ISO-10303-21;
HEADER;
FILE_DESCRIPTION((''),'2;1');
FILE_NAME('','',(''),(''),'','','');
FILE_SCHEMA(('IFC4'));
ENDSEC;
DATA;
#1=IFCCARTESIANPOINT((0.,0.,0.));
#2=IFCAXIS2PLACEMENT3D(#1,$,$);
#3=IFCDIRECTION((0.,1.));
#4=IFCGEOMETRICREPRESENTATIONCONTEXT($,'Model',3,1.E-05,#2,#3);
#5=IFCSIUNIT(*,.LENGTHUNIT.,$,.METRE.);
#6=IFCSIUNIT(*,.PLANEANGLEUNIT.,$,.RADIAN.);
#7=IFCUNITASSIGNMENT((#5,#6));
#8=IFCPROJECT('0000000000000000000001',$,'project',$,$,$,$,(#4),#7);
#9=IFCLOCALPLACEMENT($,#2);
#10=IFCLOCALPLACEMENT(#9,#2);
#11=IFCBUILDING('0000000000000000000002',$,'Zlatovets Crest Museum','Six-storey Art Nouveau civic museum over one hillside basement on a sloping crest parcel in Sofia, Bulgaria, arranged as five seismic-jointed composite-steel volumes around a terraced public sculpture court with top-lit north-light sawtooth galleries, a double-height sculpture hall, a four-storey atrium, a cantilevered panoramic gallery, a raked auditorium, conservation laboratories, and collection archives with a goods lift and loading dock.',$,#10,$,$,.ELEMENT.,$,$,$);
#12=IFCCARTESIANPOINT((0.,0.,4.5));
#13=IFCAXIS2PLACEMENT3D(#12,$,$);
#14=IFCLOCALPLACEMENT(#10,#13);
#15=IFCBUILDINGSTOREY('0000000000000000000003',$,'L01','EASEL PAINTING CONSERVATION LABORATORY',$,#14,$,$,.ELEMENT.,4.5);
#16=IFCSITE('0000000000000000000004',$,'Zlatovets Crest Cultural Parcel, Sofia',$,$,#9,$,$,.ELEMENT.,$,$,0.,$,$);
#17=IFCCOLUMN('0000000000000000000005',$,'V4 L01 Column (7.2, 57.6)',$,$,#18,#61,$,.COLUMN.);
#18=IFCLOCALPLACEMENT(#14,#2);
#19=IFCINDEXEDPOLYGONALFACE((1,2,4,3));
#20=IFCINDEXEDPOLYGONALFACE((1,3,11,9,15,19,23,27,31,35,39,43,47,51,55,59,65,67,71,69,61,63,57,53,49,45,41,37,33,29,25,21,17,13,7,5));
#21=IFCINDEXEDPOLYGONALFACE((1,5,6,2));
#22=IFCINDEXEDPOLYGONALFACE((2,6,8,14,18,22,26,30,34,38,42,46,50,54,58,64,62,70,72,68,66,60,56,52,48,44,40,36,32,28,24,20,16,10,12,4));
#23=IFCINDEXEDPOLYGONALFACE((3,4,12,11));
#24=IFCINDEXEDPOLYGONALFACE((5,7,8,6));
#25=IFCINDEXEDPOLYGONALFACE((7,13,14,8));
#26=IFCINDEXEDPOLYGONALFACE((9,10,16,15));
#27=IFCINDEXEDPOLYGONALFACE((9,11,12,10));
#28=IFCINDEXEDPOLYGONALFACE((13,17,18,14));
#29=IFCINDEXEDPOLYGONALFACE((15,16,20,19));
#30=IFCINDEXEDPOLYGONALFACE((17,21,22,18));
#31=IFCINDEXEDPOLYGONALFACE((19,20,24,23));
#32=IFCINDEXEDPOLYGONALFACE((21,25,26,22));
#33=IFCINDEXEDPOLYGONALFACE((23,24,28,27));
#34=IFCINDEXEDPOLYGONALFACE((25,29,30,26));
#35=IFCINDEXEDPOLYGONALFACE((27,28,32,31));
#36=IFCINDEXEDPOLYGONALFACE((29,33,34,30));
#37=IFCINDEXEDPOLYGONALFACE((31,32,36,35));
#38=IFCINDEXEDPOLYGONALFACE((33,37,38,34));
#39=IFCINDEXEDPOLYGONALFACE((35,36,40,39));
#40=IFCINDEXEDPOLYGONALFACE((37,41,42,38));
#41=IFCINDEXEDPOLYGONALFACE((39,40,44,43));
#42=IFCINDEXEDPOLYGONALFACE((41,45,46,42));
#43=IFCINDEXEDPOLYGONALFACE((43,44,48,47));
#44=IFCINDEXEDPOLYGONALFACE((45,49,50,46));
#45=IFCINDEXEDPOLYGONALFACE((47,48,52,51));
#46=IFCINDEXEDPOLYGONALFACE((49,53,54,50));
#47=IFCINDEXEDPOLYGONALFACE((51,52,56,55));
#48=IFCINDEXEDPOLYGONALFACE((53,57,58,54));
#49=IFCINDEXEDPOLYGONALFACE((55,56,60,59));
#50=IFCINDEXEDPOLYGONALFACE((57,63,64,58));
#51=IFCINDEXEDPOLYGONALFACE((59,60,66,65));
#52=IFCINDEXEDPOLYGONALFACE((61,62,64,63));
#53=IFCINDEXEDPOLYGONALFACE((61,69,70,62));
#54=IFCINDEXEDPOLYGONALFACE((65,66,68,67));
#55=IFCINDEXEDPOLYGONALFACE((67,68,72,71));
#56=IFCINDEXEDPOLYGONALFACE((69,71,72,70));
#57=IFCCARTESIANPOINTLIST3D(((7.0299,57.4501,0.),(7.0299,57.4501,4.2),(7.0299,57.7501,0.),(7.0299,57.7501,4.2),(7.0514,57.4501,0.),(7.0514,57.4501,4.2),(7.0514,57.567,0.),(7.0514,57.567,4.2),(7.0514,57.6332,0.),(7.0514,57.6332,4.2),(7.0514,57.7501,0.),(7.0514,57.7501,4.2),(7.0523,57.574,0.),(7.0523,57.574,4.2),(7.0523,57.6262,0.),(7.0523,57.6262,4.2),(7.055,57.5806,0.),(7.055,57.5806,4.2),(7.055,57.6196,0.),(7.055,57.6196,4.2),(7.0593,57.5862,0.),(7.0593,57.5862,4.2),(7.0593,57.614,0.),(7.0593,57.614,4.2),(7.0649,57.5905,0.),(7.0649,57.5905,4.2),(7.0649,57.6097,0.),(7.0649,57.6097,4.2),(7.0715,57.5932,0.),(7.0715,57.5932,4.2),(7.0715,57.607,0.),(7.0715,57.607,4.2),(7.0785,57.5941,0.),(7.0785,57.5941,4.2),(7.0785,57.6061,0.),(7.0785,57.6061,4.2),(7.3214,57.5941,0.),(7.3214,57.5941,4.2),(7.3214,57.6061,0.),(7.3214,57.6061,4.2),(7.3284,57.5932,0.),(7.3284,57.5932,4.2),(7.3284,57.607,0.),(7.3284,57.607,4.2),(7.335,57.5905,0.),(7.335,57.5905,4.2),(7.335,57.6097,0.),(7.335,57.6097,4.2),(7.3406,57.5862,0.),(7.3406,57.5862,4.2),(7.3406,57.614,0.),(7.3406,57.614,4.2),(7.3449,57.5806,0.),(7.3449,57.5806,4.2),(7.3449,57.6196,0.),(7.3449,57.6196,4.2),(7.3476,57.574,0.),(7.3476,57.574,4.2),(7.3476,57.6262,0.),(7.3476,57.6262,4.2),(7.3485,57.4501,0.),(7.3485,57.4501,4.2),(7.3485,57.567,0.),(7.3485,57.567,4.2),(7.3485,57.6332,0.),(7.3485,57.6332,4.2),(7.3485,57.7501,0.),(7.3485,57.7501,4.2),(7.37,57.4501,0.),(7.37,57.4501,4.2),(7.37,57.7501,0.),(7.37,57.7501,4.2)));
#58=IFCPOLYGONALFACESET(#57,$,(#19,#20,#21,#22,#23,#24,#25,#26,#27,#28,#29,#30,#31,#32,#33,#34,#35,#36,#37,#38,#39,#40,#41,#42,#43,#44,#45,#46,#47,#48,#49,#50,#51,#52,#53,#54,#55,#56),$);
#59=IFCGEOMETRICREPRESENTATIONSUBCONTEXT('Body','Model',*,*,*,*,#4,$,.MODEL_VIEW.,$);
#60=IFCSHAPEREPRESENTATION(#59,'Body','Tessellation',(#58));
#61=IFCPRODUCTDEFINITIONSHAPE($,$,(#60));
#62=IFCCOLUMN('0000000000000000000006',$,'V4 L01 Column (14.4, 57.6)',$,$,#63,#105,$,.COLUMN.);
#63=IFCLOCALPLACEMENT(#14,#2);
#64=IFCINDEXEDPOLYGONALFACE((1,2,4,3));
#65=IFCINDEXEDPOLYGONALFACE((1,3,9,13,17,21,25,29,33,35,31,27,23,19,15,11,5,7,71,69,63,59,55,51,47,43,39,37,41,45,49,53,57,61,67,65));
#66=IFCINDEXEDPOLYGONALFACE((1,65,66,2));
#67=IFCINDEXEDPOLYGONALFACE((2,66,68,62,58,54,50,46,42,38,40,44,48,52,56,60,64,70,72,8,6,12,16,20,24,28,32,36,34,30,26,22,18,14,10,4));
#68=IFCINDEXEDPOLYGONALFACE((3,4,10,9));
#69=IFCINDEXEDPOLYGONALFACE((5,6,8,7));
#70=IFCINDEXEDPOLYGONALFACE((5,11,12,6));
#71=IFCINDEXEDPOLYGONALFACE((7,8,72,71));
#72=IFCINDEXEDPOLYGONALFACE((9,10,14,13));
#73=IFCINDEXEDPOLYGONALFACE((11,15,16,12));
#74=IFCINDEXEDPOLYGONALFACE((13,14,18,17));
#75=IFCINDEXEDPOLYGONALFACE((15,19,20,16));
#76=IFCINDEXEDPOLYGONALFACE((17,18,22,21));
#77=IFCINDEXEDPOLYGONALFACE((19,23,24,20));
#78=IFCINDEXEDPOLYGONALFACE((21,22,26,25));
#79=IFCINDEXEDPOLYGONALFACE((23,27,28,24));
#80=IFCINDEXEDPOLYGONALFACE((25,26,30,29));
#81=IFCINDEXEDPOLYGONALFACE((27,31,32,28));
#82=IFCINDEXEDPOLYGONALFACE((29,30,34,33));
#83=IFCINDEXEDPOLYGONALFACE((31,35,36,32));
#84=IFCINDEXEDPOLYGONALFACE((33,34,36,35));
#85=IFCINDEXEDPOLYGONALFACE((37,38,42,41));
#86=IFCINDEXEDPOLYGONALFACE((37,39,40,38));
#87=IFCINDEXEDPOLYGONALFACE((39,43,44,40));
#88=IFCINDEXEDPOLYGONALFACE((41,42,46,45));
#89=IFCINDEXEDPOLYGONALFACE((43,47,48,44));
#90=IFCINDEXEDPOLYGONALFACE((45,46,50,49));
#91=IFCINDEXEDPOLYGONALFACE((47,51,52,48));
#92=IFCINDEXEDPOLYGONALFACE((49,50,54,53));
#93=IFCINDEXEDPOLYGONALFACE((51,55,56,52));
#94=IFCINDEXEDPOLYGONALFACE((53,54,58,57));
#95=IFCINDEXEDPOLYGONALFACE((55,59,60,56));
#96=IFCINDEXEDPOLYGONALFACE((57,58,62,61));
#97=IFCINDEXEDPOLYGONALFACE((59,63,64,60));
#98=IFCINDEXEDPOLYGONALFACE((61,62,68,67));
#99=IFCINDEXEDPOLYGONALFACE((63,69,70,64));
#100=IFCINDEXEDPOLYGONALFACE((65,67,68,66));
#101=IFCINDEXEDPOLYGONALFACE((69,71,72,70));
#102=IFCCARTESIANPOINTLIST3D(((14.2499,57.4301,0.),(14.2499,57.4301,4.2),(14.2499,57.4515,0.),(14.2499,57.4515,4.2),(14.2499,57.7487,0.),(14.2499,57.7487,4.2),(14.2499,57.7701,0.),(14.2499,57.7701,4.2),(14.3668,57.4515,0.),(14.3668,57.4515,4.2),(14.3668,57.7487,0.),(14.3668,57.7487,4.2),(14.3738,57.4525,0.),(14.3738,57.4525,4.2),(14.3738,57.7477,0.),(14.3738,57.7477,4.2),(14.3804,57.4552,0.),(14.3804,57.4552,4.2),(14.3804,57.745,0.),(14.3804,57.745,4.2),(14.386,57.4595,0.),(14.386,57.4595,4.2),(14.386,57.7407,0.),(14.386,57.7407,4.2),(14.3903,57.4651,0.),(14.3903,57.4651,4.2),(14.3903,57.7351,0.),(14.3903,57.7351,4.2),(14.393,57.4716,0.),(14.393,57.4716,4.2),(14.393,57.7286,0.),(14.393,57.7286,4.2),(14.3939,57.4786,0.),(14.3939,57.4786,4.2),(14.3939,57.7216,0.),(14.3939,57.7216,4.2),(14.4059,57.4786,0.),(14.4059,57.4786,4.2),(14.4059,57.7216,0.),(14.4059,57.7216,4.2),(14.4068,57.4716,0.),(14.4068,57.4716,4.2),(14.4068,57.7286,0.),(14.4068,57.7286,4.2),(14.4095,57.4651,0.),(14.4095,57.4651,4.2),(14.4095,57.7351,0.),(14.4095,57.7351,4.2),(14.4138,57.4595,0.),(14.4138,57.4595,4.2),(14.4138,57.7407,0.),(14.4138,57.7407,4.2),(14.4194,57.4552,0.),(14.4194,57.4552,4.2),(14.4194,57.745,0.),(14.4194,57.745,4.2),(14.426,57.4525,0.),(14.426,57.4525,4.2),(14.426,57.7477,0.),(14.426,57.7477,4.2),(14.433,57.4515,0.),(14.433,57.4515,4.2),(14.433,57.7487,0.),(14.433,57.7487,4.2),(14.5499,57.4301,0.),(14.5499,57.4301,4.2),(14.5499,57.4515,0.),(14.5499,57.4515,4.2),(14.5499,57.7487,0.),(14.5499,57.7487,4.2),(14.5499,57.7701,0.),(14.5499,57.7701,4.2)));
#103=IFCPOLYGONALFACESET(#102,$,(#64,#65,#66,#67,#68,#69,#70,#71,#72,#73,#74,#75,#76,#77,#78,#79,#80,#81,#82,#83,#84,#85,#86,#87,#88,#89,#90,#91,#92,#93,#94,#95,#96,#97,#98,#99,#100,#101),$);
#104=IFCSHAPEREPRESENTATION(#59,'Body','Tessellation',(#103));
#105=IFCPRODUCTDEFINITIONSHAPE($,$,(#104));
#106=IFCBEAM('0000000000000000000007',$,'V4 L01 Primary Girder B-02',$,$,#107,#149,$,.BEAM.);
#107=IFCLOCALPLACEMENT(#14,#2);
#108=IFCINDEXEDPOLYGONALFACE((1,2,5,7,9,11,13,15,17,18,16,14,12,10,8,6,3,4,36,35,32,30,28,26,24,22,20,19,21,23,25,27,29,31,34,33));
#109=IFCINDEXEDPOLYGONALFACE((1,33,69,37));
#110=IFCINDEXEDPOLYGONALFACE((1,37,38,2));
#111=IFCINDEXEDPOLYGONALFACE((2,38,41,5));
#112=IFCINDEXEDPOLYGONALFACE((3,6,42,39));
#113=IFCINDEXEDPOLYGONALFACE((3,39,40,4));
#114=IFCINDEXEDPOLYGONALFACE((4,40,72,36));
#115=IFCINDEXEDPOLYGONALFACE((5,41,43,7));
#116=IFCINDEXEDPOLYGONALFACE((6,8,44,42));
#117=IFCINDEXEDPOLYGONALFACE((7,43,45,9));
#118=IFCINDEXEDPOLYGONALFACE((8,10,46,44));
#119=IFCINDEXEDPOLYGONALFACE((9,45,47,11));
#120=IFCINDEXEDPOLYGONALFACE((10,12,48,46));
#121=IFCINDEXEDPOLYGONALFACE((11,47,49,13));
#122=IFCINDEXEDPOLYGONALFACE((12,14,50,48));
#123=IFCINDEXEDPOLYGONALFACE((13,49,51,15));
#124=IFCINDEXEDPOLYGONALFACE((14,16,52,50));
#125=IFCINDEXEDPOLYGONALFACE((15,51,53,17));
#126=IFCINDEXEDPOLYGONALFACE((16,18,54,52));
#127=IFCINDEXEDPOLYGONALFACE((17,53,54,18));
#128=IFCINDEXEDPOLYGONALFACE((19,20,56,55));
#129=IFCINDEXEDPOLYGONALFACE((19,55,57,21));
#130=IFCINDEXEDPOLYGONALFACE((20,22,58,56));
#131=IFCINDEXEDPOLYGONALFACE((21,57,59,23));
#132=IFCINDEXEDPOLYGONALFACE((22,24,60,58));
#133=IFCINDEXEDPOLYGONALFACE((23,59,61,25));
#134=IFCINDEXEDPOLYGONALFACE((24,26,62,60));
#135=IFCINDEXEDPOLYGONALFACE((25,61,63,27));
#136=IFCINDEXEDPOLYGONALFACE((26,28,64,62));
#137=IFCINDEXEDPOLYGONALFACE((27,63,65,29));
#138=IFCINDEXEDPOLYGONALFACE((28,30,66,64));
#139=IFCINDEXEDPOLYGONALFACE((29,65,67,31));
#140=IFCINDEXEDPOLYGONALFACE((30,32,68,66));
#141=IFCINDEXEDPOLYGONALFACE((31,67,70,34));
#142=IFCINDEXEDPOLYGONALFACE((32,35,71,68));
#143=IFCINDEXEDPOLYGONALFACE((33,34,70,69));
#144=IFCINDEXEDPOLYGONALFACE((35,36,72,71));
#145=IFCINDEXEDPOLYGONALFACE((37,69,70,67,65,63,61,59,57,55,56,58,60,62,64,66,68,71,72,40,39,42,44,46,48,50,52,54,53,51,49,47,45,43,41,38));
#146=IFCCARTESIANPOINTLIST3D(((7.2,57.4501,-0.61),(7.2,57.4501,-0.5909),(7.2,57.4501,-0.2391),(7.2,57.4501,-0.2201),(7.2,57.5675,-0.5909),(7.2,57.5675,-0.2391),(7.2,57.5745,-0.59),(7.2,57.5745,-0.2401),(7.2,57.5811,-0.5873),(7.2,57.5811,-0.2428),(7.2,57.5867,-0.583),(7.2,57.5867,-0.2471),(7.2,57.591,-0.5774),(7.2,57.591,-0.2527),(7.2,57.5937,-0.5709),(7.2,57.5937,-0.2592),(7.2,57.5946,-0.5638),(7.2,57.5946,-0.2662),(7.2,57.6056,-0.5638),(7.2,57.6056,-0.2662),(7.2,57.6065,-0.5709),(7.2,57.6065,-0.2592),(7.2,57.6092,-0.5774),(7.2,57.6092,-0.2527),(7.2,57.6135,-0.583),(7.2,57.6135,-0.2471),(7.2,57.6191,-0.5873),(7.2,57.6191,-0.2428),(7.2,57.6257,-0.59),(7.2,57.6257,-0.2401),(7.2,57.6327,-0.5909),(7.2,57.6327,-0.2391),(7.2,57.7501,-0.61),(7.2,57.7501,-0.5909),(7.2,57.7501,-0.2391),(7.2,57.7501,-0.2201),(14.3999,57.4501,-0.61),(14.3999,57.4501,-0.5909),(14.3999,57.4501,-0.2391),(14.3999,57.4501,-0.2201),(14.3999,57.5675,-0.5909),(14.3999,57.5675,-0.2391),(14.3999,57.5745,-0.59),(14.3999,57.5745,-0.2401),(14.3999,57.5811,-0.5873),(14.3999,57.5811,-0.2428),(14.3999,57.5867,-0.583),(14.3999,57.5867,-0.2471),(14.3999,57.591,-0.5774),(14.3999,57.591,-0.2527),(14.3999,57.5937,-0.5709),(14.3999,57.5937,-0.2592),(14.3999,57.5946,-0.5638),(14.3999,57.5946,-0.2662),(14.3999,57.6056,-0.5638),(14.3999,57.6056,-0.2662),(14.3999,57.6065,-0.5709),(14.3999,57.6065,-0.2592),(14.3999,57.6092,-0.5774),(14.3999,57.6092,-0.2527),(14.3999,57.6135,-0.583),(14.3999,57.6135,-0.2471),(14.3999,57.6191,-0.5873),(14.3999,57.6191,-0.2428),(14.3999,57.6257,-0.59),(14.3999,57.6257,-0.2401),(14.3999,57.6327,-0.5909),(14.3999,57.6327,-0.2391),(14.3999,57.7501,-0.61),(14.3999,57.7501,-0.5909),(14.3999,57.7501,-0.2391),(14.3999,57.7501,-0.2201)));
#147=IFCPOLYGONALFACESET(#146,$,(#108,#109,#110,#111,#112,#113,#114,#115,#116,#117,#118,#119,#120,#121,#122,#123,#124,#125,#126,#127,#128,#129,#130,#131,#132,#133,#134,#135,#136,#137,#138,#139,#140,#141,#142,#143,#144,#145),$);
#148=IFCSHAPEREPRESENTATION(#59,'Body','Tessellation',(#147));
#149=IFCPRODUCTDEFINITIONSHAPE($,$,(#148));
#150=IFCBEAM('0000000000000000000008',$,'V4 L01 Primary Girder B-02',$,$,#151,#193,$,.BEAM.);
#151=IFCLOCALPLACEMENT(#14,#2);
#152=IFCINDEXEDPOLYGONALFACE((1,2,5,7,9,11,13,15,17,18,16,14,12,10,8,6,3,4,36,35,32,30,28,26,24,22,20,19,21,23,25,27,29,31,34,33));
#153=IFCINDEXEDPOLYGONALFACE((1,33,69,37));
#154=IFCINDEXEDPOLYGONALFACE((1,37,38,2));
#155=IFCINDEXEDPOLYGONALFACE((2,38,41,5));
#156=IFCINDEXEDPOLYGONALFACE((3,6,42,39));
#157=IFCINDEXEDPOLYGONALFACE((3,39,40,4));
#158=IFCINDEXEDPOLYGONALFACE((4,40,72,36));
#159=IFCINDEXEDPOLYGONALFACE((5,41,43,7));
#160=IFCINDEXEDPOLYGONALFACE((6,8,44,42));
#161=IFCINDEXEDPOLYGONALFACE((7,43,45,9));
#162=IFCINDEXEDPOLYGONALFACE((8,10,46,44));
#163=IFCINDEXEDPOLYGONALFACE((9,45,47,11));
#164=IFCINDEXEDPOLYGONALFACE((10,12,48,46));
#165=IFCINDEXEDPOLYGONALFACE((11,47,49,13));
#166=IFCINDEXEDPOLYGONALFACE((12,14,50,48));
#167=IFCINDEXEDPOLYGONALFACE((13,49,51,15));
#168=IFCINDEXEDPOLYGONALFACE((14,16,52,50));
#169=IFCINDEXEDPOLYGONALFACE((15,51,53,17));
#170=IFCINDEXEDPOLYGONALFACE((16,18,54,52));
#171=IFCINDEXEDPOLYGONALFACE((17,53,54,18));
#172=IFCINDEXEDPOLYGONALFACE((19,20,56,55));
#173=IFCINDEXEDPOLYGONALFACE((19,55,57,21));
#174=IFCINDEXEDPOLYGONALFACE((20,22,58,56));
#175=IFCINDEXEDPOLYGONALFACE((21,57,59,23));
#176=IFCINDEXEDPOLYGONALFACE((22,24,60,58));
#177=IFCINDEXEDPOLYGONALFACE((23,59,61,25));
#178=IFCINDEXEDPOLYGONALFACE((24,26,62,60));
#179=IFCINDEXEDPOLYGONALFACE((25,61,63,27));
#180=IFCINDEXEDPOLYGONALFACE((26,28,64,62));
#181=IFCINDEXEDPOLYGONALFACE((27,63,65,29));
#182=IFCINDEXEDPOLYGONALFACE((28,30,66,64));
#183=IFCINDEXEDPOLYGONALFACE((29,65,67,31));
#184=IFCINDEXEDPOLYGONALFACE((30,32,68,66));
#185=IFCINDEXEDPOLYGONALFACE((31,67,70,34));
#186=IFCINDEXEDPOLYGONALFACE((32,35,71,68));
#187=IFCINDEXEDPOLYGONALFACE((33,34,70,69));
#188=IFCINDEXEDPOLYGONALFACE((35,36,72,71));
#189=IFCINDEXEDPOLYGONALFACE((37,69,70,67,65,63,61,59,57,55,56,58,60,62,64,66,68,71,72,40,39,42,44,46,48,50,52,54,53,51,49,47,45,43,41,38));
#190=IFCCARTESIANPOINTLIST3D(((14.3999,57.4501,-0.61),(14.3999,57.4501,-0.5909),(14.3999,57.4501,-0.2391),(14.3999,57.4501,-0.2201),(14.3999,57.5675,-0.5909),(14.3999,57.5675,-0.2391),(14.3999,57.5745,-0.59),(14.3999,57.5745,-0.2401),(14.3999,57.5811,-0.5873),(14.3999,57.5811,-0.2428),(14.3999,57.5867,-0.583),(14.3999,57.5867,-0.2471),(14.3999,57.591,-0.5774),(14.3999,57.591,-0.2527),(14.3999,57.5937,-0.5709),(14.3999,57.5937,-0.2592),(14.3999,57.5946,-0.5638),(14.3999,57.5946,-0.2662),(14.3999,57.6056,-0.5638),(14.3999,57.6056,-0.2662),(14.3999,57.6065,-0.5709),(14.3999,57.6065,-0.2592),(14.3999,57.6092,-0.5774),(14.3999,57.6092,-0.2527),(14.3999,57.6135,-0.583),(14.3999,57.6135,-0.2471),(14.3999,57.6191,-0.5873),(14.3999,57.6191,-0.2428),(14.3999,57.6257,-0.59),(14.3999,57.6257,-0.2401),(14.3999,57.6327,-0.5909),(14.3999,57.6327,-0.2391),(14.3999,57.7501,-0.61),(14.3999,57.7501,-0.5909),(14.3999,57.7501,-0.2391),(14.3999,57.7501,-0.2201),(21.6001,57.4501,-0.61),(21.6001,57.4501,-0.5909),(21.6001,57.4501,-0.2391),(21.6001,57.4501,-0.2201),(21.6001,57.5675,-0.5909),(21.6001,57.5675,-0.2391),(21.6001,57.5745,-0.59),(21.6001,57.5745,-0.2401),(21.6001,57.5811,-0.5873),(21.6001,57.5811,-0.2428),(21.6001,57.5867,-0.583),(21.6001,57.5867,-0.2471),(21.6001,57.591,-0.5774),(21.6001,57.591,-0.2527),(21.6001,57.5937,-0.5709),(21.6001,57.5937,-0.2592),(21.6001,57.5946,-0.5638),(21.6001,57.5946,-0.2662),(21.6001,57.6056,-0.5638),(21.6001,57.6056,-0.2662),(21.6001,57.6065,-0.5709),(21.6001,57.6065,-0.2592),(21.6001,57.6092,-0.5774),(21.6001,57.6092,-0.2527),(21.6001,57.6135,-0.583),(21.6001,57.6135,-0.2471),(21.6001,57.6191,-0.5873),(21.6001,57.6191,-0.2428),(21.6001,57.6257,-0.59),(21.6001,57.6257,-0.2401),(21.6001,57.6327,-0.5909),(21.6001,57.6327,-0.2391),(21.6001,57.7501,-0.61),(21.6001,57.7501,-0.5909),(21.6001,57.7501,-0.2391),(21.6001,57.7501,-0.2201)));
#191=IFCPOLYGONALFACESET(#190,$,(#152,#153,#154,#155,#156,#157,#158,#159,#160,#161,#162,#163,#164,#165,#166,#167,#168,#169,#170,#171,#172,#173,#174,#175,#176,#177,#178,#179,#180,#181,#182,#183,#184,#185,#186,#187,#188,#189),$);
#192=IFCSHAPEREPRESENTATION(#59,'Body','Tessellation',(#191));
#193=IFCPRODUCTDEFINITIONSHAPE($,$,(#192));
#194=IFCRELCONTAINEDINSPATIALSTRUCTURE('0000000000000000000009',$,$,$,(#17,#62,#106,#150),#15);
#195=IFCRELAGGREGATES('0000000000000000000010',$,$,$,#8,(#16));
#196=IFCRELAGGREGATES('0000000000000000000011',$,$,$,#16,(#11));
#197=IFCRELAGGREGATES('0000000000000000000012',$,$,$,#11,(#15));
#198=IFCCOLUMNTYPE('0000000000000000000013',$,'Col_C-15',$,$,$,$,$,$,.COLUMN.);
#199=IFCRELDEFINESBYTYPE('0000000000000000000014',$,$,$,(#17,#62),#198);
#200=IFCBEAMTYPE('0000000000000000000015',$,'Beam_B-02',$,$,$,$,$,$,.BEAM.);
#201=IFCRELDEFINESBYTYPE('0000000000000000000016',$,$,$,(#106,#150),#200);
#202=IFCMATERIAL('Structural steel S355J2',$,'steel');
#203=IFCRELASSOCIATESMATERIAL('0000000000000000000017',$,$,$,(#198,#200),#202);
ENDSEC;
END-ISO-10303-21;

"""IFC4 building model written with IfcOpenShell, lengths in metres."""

from ifc_helpers import new_model, si_unit, direction, frame, origin, origin_2d, place, context, subcontext, project, spatial, i_section, extrude, material, material_profile, profile_set, type_object, element, save


model = new_model("IFC4")

# Units and contexts
model_context = context("Model", 3, precision=1e-05, world=origin(), true_north=direction((0.0, 1.0)))
body_context = subcontext(model_context, "Body", "Model", "MODEL_VIEW")
ifc_project = project(units=[si_unit("LENGTHUNIT", "METRE"), si_unit("PLANEANGLEUNIT", "RADIAN")], contexts=[model_context])

# Site, building, storey
site_placement = place(None, origin())
site = spatial("IfcSite", under=ifc_project, at=site_placement, Name="Zlatovets Crest Cultural Parcel, Sofia", CompositionType="ELEMENT", RefElevation=0.0)
building_placement = place(site_placement, origin())
building = spatial("IfcBuilding", under=site, at=building_placement, Name="Zlatovets Crest Museum", Description="Six-storey Art Nouveau civic museum over one hillside basement on a sloping crest parcel in Sofia, Bulgaria, arranged as five seismic-jointed composite-steel volumes around a terraced public sculpture court with top-lit north-light sawtooth galleries, a double-height sculpture hall, a four-storey atrium, a cantilevered panoramic gallery, a raked auditorium, conservation laboratories, and collection archives with a goods lift and loading dock.", CompositionType="ELEMENT")
storey_placement = place(building_placement, frame((0.0, 0.0, 4.5)))
storey = spatial("IfcBuildingStorey", under=building, at=storey_placement, Name="L01", Description="EASEL PAINTING CONSERVATION LABORATORY", CompositionType="ELEMENT", Elevation=4.5)

# Columns
ifc_material_1 = material(Name="Structural steel S355J2", Category="steel")
ifc_material_profile_1 = material_profile(ifc_material_1, i_section(OverallWidth=0.3, OverallDepth=0.3401, WebThickness=0.012, FlangeThickness=0.0215, FilletRadius=0.0271, at=origin_2d()), Name="HEB 340")
ifc_profile_set_1 = profile_set([ifc_material_profile_1], Name="Structural steel S355J2")
column_type = type_object("IfcColumnType", Name="Col_C-15", PredefinedType="COLUMN", material=ifc_profile_set_1)
for number, where, z_axis, x_axis, name in (
    (1, (7.2, 57.6001, 0.0), (0.0, 0.0, 1.0), (0.0, 1.0, 0.0), "V4 L01 Column (7.2, 57.6)"),
    (2, (14.3999, 57.6001, 0.0), (0.0, 0.0, 1.0), (1.0, 0.0, 0.0), "V4 L01 Column (14.4, 57.6)"),
):
    element("IfcColumn", number, at=place(storey_placement, frame(where, z_axis=z_axis, x_axis=x_axis)), inside=storey, type_object=column_type, Name=name, PredefinedType="COLUMN", context=body_context, shape_type="SweptSolid", body=[
        extrude(i_section(OverallWidth=0.3, OverallDepth=0.3401, WebThickness=0.012, FlangeThickness=0.0215, FilletRadius=0.0271, at=origin_2d()), origin(), (0.0, 0.0, 1.0), 4.2),
    ])

# Beams
ifc_material_profile_2 = material_profile(ifc_material_1, i_section(OverallWidth=0.3, OverallDepth=0.3899, WebThickness=0.011, FlangeThickness=0.019, FilletRadius=0.0271, at=origin_2d()), Name="HEA 400")
ifc_profile_set_2 = profile_set([ifc_material_profile_2], Name="Structural steel S355J2")
beam_type_1 = type_object("IfcBeamType", Name="Beam_B-02", PredefinedType="BEAM", material=ifc_profile_set_2)
beam_1_placement = place(storey_placement, frame((7.2, 57.6001, -0.415), z_axis=(1.0, 0.0, 0.0), x_axis=(0.0, 1.0, 0.0)))
element("IfcBeam", 3, at=beam_1_placement, inside=storey, type_object=beam_type_1, Name="V4 L01 Primary Girder B-02", PredefinedType="BEAM", context=body_context, shape_type="SweptSolid", body=[
    extrude(i_section(OverallWidth=0.3, OverallDepth=0.3899, WebThickness=0.011, FlangeThickness=0.019, FilletRadius=0.0271, at=origin_2d()), origin(), (0.0, 0.0, 1.0), 7.2),
])
beam_2_placement = place(storey_placement, frame((14.3999, 57.6001, -0.415), z_axis=(1.0, 0.0, 0.0), x_axis=(0.0, 1.0, 0.0)))
element("IfcBeam", 4, at=beam_2_placement, inside=storey, type_object=beam_type_1, Name="V4 L01 Primary Girder B-02", PredefinedType="BEAM", context=body_context, shape_type="SweptSolid", body=[
    extrude(i_section(OverallWidth=0.3, OverallDepth=0.3899, WebThickness=0.011, FlangeThickness=0.019, FilletRadius=0.0271, at=origin_2d()), origin(), (0.0, 0.0, 1.0), 7.2002),
])

save(model, "model.ifc")
